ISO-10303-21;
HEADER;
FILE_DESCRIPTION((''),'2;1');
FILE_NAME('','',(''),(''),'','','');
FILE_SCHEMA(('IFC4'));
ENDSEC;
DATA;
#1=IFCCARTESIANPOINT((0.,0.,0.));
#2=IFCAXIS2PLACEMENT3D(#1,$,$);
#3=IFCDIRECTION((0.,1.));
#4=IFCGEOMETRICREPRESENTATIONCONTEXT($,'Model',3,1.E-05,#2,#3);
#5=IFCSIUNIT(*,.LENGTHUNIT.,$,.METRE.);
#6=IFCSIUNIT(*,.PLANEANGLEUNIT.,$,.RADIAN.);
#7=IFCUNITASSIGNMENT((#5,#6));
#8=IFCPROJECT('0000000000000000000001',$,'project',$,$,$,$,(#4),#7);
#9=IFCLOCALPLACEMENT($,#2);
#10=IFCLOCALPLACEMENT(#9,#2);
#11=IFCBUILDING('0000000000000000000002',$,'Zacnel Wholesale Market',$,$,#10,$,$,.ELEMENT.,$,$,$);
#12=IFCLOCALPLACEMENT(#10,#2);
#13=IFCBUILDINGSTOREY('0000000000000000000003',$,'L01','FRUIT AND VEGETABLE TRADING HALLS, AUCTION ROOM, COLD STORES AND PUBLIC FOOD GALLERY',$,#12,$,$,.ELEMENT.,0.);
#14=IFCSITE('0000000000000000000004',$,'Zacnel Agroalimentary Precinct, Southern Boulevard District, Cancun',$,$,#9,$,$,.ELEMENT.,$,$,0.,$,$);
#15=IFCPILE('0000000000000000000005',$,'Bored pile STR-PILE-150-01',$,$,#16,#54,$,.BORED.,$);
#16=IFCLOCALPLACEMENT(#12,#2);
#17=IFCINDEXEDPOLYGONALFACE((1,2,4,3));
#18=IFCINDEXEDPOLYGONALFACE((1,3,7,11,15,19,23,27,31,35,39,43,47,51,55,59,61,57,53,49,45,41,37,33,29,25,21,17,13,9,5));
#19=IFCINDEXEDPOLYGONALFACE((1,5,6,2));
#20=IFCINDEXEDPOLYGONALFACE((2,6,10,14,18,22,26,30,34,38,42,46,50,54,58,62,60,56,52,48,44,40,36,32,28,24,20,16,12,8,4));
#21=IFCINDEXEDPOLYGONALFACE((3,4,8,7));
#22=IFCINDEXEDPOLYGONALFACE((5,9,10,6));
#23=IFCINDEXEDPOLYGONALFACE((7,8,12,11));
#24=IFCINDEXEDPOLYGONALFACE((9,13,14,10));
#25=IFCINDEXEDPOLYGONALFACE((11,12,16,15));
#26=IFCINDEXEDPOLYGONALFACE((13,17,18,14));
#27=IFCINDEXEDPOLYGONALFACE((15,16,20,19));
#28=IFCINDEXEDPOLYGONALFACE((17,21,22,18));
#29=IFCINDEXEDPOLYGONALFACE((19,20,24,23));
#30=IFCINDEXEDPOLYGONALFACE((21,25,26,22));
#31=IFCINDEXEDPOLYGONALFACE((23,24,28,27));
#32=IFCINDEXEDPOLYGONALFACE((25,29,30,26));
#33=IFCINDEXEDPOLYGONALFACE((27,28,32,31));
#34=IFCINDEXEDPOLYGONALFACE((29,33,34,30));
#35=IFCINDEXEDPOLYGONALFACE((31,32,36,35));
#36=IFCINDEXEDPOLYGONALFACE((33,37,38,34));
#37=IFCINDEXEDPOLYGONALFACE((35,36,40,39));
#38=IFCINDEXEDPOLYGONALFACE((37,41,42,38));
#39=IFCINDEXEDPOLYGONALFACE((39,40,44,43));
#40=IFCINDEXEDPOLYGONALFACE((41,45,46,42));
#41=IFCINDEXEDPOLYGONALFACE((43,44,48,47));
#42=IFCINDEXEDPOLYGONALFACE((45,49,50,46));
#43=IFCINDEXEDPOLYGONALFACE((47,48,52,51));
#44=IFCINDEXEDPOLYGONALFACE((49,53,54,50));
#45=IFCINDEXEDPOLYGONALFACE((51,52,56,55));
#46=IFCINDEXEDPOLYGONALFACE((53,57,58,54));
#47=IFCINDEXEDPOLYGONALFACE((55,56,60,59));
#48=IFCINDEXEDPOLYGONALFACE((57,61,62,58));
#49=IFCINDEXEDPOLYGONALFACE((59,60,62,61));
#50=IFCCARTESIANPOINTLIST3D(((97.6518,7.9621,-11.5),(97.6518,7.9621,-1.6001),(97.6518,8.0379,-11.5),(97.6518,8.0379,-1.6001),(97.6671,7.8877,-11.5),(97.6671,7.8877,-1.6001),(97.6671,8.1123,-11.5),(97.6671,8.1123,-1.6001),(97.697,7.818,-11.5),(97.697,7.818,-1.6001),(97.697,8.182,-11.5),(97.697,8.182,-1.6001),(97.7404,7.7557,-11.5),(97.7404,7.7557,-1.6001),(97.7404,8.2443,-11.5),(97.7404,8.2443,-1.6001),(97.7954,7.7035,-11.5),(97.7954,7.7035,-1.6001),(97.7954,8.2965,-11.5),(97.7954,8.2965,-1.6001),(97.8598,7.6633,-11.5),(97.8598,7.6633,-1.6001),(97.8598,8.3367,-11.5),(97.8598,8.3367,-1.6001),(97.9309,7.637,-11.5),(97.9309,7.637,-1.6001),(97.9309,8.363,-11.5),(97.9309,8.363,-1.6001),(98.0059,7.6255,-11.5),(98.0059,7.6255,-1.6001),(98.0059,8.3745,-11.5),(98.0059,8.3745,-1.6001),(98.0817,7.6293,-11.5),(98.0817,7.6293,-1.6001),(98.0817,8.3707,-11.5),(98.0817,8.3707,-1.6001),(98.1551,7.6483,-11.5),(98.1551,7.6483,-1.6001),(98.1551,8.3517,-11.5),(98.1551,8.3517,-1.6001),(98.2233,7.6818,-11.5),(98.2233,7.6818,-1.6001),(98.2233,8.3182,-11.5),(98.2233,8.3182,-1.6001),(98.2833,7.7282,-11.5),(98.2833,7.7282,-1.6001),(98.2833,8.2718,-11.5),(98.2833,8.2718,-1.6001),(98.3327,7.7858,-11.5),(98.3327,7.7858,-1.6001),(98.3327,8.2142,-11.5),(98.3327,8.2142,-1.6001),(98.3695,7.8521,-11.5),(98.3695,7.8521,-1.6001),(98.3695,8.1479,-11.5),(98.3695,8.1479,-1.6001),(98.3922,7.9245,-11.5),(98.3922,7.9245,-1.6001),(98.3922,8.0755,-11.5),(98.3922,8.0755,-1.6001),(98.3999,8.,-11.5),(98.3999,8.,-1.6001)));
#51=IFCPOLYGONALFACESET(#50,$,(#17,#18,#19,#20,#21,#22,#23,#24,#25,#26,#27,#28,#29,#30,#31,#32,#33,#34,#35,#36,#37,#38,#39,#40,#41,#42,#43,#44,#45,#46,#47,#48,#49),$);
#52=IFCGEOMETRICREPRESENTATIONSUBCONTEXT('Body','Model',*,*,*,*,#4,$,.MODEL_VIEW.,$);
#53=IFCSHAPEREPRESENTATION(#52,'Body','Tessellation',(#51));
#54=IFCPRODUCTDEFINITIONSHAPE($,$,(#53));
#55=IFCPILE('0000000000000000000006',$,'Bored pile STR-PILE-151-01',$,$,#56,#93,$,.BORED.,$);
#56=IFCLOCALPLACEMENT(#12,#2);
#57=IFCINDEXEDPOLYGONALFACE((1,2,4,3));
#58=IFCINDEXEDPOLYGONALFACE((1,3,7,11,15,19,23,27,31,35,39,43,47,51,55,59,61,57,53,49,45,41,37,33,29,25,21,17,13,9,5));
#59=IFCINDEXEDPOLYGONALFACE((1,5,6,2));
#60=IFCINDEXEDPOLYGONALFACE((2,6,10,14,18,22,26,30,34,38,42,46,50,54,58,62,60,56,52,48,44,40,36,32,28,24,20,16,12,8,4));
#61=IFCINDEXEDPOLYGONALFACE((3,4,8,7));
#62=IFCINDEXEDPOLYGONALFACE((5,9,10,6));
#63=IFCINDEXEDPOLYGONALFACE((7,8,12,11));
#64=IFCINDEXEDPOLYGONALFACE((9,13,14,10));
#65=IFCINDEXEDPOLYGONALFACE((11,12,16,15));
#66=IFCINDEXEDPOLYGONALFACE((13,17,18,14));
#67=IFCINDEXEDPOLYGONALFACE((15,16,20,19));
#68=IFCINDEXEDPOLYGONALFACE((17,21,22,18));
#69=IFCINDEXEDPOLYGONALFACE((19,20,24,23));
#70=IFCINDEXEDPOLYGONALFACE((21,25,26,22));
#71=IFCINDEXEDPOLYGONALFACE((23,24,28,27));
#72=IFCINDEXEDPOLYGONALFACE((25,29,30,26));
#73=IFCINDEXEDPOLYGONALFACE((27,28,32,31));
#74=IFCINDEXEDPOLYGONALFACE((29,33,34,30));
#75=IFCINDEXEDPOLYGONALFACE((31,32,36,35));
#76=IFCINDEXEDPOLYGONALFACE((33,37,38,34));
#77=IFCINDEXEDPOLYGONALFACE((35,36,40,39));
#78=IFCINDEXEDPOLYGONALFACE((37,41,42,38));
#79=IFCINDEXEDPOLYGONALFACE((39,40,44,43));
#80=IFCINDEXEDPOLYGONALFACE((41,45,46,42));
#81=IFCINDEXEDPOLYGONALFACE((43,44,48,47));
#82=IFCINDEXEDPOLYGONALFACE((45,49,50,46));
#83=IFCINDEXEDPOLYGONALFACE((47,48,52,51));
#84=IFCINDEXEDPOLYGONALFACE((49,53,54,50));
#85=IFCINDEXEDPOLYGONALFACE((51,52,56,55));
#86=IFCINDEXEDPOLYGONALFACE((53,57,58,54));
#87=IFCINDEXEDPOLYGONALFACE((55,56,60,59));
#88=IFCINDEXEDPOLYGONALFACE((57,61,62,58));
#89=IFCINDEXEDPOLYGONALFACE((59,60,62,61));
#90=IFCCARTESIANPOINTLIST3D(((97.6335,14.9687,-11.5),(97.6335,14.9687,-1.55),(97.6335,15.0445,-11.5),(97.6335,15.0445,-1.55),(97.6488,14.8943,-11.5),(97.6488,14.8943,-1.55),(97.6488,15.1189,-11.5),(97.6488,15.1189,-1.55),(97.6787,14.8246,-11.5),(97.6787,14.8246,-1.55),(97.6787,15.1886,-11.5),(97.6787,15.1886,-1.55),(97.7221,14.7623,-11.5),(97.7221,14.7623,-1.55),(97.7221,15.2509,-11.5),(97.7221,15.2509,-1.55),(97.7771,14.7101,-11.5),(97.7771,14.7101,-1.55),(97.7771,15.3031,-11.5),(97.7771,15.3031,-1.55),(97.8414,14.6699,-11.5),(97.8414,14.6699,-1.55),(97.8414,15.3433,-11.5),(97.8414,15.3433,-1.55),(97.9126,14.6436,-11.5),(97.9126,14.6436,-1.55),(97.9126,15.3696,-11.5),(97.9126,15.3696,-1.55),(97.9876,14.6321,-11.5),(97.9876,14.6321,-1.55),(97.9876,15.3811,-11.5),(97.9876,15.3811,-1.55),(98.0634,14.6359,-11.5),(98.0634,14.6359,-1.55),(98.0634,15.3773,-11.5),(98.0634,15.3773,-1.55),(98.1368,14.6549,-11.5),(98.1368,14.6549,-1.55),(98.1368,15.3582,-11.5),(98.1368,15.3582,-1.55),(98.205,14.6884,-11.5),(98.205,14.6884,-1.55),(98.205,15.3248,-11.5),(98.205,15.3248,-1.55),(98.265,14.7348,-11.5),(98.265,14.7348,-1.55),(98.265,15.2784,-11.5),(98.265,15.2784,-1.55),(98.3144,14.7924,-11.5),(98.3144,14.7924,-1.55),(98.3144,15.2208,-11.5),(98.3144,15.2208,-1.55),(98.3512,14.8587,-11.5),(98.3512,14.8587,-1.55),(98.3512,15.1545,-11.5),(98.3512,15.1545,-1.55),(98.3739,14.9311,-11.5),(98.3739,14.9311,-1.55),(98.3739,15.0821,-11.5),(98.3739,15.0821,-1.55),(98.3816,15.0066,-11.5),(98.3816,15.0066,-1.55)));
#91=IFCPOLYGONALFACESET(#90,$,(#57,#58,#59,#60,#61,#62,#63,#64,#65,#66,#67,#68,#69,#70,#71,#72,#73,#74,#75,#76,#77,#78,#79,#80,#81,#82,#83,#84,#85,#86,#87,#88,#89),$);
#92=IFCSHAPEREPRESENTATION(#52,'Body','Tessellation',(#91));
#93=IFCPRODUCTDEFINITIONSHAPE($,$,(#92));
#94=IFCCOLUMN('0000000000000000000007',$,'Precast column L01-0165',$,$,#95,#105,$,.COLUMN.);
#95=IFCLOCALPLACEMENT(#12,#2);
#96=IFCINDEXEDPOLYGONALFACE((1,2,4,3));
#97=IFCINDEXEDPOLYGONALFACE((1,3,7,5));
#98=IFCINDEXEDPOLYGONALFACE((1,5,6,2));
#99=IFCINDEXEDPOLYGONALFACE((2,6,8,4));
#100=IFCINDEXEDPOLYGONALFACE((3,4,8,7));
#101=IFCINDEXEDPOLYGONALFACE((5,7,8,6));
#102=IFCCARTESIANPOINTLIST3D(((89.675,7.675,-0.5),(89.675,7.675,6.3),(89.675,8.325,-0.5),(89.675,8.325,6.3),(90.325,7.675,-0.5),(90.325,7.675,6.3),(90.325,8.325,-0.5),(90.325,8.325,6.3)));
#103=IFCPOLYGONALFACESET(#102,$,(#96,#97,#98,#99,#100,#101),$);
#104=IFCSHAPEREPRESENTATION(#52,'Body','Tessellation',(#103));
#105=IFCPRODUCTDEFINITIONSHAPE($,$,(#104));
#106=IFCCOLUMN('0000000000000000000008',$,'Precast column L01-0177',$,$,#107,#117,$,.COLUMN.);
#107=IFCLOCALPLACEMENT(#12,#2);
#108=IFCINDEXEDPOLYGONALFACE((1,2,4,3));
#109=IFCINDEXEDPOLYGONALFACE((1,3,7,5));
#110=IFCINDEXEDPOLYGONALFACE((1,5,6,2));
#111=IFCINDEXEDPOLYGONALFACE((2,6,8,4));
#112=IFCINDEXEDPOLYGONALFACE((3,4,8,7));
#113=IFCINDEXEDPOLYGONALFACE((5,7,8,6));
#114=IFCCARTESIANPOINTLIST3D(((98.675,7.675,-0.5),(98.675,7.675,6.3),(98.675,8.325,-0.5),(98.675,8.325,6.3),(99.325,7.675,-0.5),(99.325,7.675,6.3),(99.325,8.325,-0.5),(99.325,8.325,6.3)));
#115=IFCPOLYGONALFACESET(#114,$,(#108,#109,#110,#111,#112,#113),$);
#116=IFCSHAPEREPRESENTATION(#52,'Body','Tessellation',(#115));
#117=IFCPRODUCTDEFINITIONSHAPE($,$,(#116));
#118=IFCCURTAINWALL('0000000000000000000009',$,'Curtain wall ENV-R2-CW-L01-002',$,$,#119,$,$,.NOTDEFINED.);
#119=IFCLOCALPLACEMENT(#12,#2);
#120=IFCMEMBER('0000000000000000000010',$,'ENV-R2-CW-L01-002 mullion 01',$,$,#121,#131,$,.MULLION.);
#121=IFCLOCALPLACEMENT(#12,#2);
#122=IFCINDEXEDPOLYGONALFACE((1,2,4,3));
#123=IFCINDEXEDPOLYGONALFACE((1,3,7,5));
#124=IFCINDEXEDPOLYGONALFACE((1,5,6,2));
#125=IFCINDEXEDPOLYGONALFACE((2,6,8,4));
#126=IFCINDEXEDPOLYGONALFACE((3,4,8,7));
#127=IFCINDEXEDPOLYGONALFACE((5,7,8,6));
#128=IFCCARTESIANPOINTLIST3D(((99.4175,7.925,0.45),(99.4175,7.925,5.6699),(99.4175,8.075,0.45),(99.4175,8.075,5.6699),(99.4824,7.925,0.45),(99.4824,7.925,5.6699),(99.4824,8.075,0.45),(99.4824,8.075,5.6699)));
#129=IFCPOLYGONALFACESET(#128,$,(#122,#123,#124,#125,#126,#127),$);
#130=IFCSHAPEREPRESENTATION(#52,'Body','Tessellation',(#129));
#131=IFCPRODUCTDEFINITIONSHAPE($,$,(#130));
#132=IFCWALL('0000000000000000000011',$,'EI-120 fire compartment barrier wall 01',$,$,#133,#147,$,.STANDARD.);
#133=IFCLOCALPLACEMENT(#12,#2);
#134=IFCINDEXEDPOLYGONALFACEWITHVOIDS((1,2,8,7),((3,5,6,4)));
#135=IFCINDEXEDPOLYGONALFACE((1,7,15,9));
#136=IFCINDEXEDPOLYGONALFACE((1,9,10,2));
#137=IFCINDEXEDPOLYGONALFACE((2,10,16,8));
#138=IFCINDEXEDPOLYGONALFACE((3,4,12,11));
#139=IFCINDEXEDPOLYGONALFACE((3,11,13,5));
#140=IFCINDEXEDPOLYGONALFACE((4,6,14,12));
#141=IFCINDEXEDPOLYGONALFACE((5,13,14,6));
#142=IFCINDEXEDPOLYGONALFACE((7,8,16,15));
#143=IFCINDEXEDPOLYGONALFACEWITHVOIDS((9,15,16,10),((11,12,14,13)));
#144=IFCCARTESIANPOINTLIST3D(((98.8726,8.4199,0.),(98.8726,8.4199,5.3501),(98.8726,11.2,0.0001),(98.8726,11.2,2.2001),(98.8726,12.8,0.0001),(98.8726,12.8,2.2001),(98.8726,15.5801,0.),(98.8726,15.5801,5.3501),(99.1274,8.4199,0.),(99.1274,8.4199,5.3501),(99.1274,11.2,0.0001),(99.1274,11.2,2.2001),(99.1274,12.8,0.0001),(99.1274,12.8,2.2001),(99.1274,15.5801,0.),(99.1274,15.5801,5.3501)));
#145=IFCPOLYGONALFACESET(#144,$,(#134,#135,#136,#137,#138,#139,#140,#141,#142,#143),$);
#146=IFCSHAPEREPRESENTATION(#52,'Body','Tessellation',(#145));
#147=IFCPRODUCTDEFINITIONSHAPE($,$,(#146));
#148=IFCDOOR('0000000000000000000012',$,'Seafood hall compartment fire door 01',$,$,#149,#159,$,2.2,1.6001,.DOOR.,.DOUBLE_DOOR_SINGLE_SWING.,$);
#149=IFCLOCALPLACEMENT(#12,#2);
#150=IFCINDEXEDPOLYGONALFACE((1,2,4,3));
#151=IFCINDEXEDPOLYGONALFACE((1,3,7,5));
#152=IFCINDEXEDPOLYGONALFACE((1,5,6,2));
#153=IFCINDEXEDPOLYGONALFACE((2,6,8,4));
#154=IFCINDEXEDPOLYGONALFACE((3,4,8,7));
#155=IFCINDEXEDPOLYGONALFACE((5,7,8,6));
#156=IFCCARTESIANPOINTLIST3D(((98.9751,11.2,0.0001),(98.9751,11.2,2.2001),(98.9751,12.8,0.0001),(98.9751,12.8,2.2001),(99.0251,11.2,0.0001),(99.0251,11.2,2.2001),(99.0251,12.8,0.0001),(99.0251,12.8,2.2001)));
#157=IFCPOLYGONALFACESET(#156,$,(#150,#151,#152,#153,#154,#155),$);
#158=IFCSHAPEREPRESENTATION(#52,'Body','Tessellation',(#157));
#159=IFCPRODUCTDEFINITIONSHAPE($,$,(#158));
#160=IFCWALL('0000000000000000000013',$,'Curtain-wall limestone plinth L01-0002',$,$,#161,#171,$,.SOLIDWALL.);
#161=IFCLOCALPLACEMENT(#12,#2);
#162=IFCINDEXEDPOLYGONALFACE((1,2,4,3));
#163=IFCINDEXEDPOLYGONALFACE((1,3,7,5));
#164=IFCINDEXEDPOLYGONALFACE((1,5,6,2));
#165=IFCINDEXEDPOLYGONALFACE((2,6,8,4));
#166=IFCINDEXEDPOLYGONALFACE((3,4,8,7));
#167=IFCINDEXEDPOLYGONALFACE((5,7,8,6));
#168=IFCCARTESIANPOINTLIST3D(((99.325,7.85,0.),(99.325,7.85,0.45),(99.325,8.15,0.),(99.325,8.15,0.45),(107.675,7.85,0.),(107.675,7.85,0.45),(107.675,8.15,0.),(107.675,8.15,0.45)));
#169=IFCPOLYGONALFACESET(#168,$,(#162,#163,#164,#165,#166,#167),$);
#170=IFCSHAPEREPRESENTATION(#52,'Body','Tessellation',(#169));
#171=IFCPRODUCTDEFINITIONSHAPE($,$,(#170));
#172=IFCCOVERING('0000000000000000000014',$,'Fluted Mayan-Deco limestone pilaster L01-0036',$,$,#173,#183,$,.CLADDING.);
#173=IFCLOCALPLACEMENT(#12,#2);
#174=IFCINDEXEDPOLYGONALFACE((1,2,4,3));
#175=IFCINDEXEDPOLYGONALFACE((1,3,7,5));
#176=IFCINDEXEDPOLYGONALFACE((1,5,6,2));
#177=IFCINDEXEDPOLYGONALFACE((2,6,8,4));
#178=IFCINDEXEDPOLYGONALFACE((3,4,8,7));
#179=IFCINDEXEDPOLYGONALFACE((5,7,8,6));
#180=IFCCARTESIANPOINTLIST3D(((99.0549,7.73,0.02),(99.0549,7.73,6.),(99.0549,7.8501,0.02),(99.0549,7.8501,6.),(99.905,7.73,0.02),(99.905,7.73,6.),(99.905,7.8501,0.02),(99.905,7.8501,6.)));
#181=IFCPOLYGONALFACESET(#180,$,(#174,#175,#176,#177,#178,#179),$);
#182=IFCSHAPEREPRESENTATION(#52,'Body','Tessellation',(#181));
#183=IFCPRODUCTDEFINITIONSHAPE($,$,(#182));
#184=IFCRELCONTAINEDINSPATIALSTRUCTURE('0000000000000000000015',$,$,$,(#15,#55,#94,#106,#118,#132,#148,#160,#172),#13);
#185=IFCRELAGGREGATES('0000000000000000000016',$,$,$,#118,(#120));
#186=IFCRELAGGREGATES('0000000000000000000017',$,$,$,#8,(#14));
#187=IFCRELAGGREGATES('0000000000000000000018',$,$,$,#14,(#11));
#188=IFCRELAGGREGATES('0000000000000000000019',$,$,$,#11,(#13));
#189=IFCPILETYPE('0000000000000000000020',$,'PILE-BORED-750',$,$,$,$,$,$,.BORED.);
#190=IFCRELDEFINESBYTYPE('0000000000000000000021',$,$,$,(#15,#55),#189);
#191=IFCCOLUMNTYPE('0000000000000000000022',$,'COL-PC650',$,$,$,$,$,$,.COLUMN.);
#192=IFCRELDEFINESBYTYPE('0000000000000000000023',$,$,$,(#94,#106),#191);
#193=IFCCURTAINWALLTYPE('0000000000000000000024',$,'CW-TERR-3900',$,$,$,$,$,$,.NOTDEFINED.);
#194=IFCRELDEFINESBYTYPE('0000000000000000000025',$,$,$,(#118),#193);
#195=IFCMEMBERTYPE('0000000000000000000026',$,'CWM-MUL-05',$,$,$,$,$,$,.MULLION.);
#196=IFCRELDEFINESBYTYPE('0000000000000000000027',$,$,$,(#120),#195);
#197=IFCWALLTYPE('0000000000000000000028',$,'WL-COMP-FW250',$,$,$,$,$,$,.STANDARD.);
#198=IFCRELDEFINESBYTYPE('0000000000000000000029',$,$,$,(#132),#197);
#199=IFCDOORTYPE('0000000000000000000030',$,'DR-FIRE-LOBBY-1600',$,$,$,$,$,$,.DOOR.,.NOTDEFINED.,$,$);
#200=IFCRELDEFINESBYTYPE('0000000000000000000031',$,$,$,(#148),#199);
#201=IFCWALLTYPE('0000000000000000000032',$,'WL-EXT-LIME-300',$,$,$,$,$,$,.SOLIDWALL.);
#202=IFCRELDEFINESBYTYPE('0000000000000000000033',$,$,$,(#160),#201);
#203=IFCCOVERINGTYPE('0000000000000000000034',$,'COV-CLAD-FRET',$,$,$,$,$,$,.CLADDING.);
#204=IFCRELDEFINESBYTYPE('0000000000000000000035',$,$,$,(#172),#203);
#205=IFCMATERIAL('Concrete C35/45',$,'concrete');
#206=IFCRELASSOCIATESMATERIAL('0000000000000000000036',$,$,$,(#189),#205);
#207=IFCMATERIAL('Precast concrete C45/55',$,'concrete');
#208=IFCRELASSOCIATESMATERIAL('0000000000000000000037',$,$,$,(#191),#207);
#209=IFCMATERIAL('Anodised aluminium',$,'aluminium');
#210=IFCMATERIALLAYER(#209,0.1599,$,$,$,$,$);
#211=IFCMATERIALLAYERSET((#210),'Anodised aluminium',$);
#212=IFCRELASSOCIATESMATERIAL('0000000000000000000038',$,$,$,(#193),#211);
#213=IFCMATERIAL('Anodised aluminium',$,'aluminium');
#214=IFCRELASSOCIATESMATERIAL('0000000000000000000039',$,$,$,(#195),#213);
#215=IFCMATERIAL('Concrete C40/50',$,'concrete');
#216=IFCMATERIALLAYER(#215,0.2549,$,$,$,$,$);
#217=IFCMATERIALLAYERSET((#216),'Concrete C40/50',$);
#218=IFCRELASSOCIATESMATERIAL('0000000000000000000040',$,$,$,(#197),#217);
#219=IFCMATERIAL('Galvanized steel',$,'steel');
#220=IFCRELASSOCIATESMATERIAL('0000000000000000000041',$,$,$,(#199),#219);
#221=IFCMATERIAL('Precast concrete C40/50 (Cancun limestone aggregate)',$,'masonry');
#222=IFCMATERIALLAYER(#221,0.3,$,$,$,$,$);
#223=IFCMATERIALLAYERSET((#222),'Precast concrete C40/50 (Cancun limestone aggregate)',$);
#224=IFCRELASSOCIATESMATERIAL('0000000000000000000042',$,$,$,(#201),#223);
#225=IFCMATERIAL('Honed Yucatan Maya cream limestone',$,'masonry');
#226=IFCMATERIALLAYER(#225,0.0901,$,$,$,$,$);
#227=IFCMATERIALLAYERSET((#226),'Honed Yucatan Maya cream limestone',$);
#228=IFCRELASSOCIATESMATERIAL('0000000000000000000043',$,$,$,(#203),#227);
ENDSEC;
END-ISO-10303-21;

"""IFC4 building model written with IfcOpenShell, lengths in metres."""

from ifc_helpers import new_model, si_unit, direction, frame, frame_2d, origin, origin_2d, place, context, subcontext, project, spatial, rectangle, circle, extrude, material, layer, layer_set, material_profile, profile_set, type_object, element, fill, aggregate, save


model = new_model("IFC4")

# Units and contexts
model_context = context("Model", 3, precision=1e-05, world=origin(), true_north=direction((0.0, 1.0)))
body_context = subcontext(model_context, "Body", "Model", "MODEL_VIEW")
ifc_project = project(units=[si_unit("LENGTHUNIT", "METRE"), si_unit("PLANEANGLEUNIT", "RADIAN")], contexts=[model_context])

# Site, building, storey
site_placement = place(None, origin())
site = spatial("IfcSite", under=ifc_project, at=site_placement, Name="Zacnel Agroalimentary Precinct, Southern Boulevard District, Cancun", CompositionType="ELEMENT", RefElevation=0.0)
building_placement = place(site_placement, origin())
building = spatial("IfcBuilding", under=site, at=building_placement, Name="Zacnel Wholesale Market", CompositionType="ELEMENT")
storey_placement = place(building_placement, origin())
storey = spatial("IfcBuildingStorey", under=building, at=storey_placement, Name="L01", Description="FRUIT AND VEGETABLE TRADING HALLS, AUCTION ROOM, COLD STORES AND PUBLIC FOOD GALLERY", CompositionType="ELEMENT", Elevation=0.0)

# Piles
ifc_material_1 = material(Name="Concrete C35/45", Category="concrete")
ifc_material_profile_1 = material_profile(ifc_material_1, circle(Radius=0.375, at=origin_2d()), Name="BORED PILE D750")
ifc_profile_set_1 = profile_set([ifc_material_profile_1], Name="Concrete C35/45")
pile_type = type_object("IfcPileType", Name="PILE-BORED-750", PredefinedType="BORED", material=ifc_profile_set_1)
pile_1_placement = place(storey_placement, frame((98.0249, 8.0, -1.6001), z_axis=(0.0, 0.0, -1.0), x_axis=(1.0, 0.0, 0.0)))
element("IfcPile", 1, at=pile_1_placement, inside=storey, type_object=pile_type, Name="Bored pile STR-PILE-150-01", PredefinedType="BORED", context=body_context, shape_type="SweptSolid", body=[
    extrude(circle(Radius=0.375, at=origin_2d()), origin(), (0.0, 0.0, 1.0), 9.8999),
])
pile_2_placement = place(storey_placement, frame((98.0066, 15.0066, -1.55), z_axis=(0.0, 0.0, -1.0), x_axis=(1.0, 0.0, 0.0)))
element("IfcPile", 2, at=pile_2_placement, inside=storey, type_object=pile_type, Name="Bored pile STR-PILE-151-01", PredefinedType="BORED", context=body_context, shape_type="SweptSolid", body=[
    extrude(circle(Radius=0.375, at=origin_2d()), origin(), (0.0, 0.0, 1.0), 9.95),
])

# Columns
ifc_material_2 = material(Name="Precast concrete C45/55", Category="concrete")
ifc_material_profile_2 = material_profile(ifc_material_2, rectangle(XDim=0.6499, YDim=0.6499, at=origin_2d()), Name="PC 650x650")
ifc_profile_set_2 = profile_set([ifc_material_profile_2], Name="Precast concrete C45/55")
column_type = type_object("IfcColumnType", Name="COL-PC650", PredefinedType="COLUMN", material=ifc_profile_set_2)
for number, where, z_axis, x_axis, name in (
    (3, (90.0, 8.0, -0.5), (0.0, 0.0, 1.0), (1.0, 0.0, 0.0), "Precast column L01-0165"),
    (4, (99.0, 8.0, -0.5), (0.0, 0.0, 1.0), (1.0, 0.0, 0.0), "Precast column L01-0177"),
):
    element("IfcColumn", number, at=place(storey_placement, frame(where, z_axis=z_axis, x_axis=x_axis)), inside=storey, type_object=column_type, Name=name, PredefinedType="COLUMN", context=body_context, shape_type="SweptSolid", body=[
        extrude(rectangle(XDim=0.6499, YDim=0.6499, at=origin_2d()), origin(), (0.0, 0.0, 1.0), 6.8),
    ])

# Curtain wall, member
ifc_material_3 = material(Name="Anodised aluminium", Category="aluminium")
ifc_layer_1 = layer(ifc_material_3, 0.1599)
ifc_layer_set_1 = layer_set([ifc_layer_1], Name="Anodised aluminium")
curtain_wall_type = type_object("IfcCurtainWallType", Name="CW-TERR-3900", PredefinedType="NOTDEFINED", material=ifc_layer_set_1)
curtain_wall_placement = place(storey_placement, origin())
curtain_wall = element("IfcCurtainWall", 5, at=curtain_wall_placement, inside=storey, type_object=curtain_wall_type, Name="Curtain wall ENV-R2-CW-L01-002", PredefinedType="NOTDEFINED")
ifc_material_4 = material(Name="Anodised aluminium", Category="aluminium")
ifc_material_profile_3 = material_profile(ifc_material_4, rectangle(XDim=0.0649, YDim=0.1499, at=origin_2d()), Name="AW-MULLION 65x150")
ifc_profile_set_3 = profile_set([ifc_material_profile_3], Name="Anodised aluminium")
member_type = type_object("IfcMemberType", Name="CWM-MUL-05", PredefinedType="MULLION", material=ifc_profile_set_3)
member_placement = place(storey_placement, frame((99.45, 8.0, 0.45), z_axis=(0.0, 0.0, 1.0), x_axis=(1.0, 0.0, 0.0)))
member = element("IfcMember", 6, at=member_placement, type_object=member_type, Name="ENV-R2-CW-L01-002 mullion 01", PredefinedType="MULLION", context=body_context, shape_type="SweptSolid", body=[
    extrude(rectangle(XDim=0.0649, YDim=0.1499, at=origin_2d()), origin(), (0.0, 0.0, 1.0), 5.22),
])
aggregate(curtain_wall, [member])

# Wall, opening, door
ifc_material_5 = material(Name="Concrete C40/50", Category="concrete")
ifc_layer_2 = layer(ifc_material_5, 0.2549)
ifc_layer_set_2 = layer_set([ifc_layer_2], Name="Concrete C40/50")
wall_type_1 = type_object("IfcWallType", Name="WL-COMP-FW250", PredefinedType="STANDARD", material=ifc_layer_set_2)
wall_1_placement = place(storey_placement, frame((99.0, 8.4199, 0.0), z_axis=(0.0, 0.0, 1.0), x_axis=(0.0, 1.0, 0.0)))
wall_1 = element("IfcWall", 7, at=wall_1_placement, inside=storey, type_object=wall_type_1, Name="EI-120 fire compartment barrier wall 01", PredefinedType="STANDARD", context=body_context, shape_type="SweptSolid", body=[
    extrude(rectangle(XDim=7.1602, YDim=0.2549, at=frame_2d((3.5801, 0.0))), origin(), (0.0, 0.0, 1.0), 5.3501),
])
opening_placement = place(wall_1_placement, frame((2.78, 0.0, 0.0)))
opening = element("IfcOpeningElement", 8, at=opening_placement, cuts=wall_1, PredefinedType="OPENING", context=body_context, shape_type="SweptSolid", body=[
    extrude(rectangle(XDim=1.6001, YDim=2.2, at=frame_2d((0.8, 1.1001))), frame((0.0, 0.1375, 0.0), z_axis=(0.0, -1.0, 0.0), x_axis=(1.0, 0.0, 0.0)), (0.0, 0.0, 1.0), 0.2749),
])
ifc_material_6 = material(Name="Galvanized steel", Category="steel")
door_type = type_object("IfcDoorType", Name="DR-FIRE-LOBBY-1600", OperationType="NOTDEFINED", PredefinedType="DOOR", material=ifc_material_6)
door_placement = place(opening_placement, origin())
door = element("IfcDoor", 9, at=door_placement, inside=storey, type_object=door_type, Name="Seafood hall compartment fire door 01", OperationType="DOUBLE_DOOR_SINGLE_SWING", OverallHeight=2.2, OverallWidth=1.6001, PredefinedType="DOOR", context=body_context, shape_type="SweptSolid", body=[
    extrude(rectangle(XDim=1.6001, YDim=2.2, at=frame_2d((0.8, 1.1001))), frame((0.0, 0.0249, 0.0), z_axis=(0.0, -1.0, 0.0), x_axis=(1.0, 0.0, 0.0)), (0.0, 0.0, 1.0), 0.05),
])
fill(opening, door)

# Wall
ifc_material_7 = material(Name="Precast concrete C40/50 (Cancun limestone aggregate)", Category="masonry")
ifc_layer_3 = layer(ifc_material_7, 0.3)
ifc_layer_set_3 = layer_set([ifc_layer_3], Name="Precast concrete C40/50 (Cancun limestone aggregate)")
wall_type_2 = type_object("IfcWallType", Name="WL-EXT-LIME-300", PredefinedType="SOLIDWALL", material=ifc_layer_set_3)
wall_2_placement = place(storey_placement, frame((99.325, 8.0, 0.0), z_axis=(0.0, 0.0, 1.0), x_axis=(1.0, 0.0, 0.0)))
element("IfcWall", 10, at=wall_2_placement, inside=storey, type_object=wall_type_2, Name="Curtain-wall limestone plinth L01-0002", PredefinedType="SOLIDWALL", context=body_context, shape_type="SweptSolid", body=[
    extrude(rectangle(XDim=8.3501, YDim=0.3, at=frame_2d((4.175, 0.0))), origin(), (0.0, 0.0, 1.0), 0.45),
])

# Covering
ifc_material_8 = material(Name="Honed Yucatan Maya cream limestone", Category="masonry")
ifc_layer_4 = layer(ifc_material_8, 0.0901)
ifc_layer_set_4 = layer_set([ifc_layer_4], Name="Honed Yucatan Maya cream limestone")
covering_type = type_object("IfcCoveringType", Name="COV-CLAD-FRET", PredefinedType="CLADDING", material=ifc_layer_set_4)
covering_placement = place(storey_placement, frame((99.48, 7.79, 0.02), z_axis=(0.0, 0.0, 1.0), x_axis=(1.0, 0.0, 0.0)))
element("IfcCovering", 11, at=covering_placement, inside=storey, type_object=covering_type, Name="Fluted Mayan-Deco limestone pilaster L01-0036", PredefinedType="CLADDING", context=body_context, shape_type="SweptSolid", body=[
    extrude(rectangle(XDim=0.8501, YDim=0.1201, at=origin_2d()), origin(), (0.0, 0.0, 1.0), 5.98),
])

save(model, "model.ifc")
